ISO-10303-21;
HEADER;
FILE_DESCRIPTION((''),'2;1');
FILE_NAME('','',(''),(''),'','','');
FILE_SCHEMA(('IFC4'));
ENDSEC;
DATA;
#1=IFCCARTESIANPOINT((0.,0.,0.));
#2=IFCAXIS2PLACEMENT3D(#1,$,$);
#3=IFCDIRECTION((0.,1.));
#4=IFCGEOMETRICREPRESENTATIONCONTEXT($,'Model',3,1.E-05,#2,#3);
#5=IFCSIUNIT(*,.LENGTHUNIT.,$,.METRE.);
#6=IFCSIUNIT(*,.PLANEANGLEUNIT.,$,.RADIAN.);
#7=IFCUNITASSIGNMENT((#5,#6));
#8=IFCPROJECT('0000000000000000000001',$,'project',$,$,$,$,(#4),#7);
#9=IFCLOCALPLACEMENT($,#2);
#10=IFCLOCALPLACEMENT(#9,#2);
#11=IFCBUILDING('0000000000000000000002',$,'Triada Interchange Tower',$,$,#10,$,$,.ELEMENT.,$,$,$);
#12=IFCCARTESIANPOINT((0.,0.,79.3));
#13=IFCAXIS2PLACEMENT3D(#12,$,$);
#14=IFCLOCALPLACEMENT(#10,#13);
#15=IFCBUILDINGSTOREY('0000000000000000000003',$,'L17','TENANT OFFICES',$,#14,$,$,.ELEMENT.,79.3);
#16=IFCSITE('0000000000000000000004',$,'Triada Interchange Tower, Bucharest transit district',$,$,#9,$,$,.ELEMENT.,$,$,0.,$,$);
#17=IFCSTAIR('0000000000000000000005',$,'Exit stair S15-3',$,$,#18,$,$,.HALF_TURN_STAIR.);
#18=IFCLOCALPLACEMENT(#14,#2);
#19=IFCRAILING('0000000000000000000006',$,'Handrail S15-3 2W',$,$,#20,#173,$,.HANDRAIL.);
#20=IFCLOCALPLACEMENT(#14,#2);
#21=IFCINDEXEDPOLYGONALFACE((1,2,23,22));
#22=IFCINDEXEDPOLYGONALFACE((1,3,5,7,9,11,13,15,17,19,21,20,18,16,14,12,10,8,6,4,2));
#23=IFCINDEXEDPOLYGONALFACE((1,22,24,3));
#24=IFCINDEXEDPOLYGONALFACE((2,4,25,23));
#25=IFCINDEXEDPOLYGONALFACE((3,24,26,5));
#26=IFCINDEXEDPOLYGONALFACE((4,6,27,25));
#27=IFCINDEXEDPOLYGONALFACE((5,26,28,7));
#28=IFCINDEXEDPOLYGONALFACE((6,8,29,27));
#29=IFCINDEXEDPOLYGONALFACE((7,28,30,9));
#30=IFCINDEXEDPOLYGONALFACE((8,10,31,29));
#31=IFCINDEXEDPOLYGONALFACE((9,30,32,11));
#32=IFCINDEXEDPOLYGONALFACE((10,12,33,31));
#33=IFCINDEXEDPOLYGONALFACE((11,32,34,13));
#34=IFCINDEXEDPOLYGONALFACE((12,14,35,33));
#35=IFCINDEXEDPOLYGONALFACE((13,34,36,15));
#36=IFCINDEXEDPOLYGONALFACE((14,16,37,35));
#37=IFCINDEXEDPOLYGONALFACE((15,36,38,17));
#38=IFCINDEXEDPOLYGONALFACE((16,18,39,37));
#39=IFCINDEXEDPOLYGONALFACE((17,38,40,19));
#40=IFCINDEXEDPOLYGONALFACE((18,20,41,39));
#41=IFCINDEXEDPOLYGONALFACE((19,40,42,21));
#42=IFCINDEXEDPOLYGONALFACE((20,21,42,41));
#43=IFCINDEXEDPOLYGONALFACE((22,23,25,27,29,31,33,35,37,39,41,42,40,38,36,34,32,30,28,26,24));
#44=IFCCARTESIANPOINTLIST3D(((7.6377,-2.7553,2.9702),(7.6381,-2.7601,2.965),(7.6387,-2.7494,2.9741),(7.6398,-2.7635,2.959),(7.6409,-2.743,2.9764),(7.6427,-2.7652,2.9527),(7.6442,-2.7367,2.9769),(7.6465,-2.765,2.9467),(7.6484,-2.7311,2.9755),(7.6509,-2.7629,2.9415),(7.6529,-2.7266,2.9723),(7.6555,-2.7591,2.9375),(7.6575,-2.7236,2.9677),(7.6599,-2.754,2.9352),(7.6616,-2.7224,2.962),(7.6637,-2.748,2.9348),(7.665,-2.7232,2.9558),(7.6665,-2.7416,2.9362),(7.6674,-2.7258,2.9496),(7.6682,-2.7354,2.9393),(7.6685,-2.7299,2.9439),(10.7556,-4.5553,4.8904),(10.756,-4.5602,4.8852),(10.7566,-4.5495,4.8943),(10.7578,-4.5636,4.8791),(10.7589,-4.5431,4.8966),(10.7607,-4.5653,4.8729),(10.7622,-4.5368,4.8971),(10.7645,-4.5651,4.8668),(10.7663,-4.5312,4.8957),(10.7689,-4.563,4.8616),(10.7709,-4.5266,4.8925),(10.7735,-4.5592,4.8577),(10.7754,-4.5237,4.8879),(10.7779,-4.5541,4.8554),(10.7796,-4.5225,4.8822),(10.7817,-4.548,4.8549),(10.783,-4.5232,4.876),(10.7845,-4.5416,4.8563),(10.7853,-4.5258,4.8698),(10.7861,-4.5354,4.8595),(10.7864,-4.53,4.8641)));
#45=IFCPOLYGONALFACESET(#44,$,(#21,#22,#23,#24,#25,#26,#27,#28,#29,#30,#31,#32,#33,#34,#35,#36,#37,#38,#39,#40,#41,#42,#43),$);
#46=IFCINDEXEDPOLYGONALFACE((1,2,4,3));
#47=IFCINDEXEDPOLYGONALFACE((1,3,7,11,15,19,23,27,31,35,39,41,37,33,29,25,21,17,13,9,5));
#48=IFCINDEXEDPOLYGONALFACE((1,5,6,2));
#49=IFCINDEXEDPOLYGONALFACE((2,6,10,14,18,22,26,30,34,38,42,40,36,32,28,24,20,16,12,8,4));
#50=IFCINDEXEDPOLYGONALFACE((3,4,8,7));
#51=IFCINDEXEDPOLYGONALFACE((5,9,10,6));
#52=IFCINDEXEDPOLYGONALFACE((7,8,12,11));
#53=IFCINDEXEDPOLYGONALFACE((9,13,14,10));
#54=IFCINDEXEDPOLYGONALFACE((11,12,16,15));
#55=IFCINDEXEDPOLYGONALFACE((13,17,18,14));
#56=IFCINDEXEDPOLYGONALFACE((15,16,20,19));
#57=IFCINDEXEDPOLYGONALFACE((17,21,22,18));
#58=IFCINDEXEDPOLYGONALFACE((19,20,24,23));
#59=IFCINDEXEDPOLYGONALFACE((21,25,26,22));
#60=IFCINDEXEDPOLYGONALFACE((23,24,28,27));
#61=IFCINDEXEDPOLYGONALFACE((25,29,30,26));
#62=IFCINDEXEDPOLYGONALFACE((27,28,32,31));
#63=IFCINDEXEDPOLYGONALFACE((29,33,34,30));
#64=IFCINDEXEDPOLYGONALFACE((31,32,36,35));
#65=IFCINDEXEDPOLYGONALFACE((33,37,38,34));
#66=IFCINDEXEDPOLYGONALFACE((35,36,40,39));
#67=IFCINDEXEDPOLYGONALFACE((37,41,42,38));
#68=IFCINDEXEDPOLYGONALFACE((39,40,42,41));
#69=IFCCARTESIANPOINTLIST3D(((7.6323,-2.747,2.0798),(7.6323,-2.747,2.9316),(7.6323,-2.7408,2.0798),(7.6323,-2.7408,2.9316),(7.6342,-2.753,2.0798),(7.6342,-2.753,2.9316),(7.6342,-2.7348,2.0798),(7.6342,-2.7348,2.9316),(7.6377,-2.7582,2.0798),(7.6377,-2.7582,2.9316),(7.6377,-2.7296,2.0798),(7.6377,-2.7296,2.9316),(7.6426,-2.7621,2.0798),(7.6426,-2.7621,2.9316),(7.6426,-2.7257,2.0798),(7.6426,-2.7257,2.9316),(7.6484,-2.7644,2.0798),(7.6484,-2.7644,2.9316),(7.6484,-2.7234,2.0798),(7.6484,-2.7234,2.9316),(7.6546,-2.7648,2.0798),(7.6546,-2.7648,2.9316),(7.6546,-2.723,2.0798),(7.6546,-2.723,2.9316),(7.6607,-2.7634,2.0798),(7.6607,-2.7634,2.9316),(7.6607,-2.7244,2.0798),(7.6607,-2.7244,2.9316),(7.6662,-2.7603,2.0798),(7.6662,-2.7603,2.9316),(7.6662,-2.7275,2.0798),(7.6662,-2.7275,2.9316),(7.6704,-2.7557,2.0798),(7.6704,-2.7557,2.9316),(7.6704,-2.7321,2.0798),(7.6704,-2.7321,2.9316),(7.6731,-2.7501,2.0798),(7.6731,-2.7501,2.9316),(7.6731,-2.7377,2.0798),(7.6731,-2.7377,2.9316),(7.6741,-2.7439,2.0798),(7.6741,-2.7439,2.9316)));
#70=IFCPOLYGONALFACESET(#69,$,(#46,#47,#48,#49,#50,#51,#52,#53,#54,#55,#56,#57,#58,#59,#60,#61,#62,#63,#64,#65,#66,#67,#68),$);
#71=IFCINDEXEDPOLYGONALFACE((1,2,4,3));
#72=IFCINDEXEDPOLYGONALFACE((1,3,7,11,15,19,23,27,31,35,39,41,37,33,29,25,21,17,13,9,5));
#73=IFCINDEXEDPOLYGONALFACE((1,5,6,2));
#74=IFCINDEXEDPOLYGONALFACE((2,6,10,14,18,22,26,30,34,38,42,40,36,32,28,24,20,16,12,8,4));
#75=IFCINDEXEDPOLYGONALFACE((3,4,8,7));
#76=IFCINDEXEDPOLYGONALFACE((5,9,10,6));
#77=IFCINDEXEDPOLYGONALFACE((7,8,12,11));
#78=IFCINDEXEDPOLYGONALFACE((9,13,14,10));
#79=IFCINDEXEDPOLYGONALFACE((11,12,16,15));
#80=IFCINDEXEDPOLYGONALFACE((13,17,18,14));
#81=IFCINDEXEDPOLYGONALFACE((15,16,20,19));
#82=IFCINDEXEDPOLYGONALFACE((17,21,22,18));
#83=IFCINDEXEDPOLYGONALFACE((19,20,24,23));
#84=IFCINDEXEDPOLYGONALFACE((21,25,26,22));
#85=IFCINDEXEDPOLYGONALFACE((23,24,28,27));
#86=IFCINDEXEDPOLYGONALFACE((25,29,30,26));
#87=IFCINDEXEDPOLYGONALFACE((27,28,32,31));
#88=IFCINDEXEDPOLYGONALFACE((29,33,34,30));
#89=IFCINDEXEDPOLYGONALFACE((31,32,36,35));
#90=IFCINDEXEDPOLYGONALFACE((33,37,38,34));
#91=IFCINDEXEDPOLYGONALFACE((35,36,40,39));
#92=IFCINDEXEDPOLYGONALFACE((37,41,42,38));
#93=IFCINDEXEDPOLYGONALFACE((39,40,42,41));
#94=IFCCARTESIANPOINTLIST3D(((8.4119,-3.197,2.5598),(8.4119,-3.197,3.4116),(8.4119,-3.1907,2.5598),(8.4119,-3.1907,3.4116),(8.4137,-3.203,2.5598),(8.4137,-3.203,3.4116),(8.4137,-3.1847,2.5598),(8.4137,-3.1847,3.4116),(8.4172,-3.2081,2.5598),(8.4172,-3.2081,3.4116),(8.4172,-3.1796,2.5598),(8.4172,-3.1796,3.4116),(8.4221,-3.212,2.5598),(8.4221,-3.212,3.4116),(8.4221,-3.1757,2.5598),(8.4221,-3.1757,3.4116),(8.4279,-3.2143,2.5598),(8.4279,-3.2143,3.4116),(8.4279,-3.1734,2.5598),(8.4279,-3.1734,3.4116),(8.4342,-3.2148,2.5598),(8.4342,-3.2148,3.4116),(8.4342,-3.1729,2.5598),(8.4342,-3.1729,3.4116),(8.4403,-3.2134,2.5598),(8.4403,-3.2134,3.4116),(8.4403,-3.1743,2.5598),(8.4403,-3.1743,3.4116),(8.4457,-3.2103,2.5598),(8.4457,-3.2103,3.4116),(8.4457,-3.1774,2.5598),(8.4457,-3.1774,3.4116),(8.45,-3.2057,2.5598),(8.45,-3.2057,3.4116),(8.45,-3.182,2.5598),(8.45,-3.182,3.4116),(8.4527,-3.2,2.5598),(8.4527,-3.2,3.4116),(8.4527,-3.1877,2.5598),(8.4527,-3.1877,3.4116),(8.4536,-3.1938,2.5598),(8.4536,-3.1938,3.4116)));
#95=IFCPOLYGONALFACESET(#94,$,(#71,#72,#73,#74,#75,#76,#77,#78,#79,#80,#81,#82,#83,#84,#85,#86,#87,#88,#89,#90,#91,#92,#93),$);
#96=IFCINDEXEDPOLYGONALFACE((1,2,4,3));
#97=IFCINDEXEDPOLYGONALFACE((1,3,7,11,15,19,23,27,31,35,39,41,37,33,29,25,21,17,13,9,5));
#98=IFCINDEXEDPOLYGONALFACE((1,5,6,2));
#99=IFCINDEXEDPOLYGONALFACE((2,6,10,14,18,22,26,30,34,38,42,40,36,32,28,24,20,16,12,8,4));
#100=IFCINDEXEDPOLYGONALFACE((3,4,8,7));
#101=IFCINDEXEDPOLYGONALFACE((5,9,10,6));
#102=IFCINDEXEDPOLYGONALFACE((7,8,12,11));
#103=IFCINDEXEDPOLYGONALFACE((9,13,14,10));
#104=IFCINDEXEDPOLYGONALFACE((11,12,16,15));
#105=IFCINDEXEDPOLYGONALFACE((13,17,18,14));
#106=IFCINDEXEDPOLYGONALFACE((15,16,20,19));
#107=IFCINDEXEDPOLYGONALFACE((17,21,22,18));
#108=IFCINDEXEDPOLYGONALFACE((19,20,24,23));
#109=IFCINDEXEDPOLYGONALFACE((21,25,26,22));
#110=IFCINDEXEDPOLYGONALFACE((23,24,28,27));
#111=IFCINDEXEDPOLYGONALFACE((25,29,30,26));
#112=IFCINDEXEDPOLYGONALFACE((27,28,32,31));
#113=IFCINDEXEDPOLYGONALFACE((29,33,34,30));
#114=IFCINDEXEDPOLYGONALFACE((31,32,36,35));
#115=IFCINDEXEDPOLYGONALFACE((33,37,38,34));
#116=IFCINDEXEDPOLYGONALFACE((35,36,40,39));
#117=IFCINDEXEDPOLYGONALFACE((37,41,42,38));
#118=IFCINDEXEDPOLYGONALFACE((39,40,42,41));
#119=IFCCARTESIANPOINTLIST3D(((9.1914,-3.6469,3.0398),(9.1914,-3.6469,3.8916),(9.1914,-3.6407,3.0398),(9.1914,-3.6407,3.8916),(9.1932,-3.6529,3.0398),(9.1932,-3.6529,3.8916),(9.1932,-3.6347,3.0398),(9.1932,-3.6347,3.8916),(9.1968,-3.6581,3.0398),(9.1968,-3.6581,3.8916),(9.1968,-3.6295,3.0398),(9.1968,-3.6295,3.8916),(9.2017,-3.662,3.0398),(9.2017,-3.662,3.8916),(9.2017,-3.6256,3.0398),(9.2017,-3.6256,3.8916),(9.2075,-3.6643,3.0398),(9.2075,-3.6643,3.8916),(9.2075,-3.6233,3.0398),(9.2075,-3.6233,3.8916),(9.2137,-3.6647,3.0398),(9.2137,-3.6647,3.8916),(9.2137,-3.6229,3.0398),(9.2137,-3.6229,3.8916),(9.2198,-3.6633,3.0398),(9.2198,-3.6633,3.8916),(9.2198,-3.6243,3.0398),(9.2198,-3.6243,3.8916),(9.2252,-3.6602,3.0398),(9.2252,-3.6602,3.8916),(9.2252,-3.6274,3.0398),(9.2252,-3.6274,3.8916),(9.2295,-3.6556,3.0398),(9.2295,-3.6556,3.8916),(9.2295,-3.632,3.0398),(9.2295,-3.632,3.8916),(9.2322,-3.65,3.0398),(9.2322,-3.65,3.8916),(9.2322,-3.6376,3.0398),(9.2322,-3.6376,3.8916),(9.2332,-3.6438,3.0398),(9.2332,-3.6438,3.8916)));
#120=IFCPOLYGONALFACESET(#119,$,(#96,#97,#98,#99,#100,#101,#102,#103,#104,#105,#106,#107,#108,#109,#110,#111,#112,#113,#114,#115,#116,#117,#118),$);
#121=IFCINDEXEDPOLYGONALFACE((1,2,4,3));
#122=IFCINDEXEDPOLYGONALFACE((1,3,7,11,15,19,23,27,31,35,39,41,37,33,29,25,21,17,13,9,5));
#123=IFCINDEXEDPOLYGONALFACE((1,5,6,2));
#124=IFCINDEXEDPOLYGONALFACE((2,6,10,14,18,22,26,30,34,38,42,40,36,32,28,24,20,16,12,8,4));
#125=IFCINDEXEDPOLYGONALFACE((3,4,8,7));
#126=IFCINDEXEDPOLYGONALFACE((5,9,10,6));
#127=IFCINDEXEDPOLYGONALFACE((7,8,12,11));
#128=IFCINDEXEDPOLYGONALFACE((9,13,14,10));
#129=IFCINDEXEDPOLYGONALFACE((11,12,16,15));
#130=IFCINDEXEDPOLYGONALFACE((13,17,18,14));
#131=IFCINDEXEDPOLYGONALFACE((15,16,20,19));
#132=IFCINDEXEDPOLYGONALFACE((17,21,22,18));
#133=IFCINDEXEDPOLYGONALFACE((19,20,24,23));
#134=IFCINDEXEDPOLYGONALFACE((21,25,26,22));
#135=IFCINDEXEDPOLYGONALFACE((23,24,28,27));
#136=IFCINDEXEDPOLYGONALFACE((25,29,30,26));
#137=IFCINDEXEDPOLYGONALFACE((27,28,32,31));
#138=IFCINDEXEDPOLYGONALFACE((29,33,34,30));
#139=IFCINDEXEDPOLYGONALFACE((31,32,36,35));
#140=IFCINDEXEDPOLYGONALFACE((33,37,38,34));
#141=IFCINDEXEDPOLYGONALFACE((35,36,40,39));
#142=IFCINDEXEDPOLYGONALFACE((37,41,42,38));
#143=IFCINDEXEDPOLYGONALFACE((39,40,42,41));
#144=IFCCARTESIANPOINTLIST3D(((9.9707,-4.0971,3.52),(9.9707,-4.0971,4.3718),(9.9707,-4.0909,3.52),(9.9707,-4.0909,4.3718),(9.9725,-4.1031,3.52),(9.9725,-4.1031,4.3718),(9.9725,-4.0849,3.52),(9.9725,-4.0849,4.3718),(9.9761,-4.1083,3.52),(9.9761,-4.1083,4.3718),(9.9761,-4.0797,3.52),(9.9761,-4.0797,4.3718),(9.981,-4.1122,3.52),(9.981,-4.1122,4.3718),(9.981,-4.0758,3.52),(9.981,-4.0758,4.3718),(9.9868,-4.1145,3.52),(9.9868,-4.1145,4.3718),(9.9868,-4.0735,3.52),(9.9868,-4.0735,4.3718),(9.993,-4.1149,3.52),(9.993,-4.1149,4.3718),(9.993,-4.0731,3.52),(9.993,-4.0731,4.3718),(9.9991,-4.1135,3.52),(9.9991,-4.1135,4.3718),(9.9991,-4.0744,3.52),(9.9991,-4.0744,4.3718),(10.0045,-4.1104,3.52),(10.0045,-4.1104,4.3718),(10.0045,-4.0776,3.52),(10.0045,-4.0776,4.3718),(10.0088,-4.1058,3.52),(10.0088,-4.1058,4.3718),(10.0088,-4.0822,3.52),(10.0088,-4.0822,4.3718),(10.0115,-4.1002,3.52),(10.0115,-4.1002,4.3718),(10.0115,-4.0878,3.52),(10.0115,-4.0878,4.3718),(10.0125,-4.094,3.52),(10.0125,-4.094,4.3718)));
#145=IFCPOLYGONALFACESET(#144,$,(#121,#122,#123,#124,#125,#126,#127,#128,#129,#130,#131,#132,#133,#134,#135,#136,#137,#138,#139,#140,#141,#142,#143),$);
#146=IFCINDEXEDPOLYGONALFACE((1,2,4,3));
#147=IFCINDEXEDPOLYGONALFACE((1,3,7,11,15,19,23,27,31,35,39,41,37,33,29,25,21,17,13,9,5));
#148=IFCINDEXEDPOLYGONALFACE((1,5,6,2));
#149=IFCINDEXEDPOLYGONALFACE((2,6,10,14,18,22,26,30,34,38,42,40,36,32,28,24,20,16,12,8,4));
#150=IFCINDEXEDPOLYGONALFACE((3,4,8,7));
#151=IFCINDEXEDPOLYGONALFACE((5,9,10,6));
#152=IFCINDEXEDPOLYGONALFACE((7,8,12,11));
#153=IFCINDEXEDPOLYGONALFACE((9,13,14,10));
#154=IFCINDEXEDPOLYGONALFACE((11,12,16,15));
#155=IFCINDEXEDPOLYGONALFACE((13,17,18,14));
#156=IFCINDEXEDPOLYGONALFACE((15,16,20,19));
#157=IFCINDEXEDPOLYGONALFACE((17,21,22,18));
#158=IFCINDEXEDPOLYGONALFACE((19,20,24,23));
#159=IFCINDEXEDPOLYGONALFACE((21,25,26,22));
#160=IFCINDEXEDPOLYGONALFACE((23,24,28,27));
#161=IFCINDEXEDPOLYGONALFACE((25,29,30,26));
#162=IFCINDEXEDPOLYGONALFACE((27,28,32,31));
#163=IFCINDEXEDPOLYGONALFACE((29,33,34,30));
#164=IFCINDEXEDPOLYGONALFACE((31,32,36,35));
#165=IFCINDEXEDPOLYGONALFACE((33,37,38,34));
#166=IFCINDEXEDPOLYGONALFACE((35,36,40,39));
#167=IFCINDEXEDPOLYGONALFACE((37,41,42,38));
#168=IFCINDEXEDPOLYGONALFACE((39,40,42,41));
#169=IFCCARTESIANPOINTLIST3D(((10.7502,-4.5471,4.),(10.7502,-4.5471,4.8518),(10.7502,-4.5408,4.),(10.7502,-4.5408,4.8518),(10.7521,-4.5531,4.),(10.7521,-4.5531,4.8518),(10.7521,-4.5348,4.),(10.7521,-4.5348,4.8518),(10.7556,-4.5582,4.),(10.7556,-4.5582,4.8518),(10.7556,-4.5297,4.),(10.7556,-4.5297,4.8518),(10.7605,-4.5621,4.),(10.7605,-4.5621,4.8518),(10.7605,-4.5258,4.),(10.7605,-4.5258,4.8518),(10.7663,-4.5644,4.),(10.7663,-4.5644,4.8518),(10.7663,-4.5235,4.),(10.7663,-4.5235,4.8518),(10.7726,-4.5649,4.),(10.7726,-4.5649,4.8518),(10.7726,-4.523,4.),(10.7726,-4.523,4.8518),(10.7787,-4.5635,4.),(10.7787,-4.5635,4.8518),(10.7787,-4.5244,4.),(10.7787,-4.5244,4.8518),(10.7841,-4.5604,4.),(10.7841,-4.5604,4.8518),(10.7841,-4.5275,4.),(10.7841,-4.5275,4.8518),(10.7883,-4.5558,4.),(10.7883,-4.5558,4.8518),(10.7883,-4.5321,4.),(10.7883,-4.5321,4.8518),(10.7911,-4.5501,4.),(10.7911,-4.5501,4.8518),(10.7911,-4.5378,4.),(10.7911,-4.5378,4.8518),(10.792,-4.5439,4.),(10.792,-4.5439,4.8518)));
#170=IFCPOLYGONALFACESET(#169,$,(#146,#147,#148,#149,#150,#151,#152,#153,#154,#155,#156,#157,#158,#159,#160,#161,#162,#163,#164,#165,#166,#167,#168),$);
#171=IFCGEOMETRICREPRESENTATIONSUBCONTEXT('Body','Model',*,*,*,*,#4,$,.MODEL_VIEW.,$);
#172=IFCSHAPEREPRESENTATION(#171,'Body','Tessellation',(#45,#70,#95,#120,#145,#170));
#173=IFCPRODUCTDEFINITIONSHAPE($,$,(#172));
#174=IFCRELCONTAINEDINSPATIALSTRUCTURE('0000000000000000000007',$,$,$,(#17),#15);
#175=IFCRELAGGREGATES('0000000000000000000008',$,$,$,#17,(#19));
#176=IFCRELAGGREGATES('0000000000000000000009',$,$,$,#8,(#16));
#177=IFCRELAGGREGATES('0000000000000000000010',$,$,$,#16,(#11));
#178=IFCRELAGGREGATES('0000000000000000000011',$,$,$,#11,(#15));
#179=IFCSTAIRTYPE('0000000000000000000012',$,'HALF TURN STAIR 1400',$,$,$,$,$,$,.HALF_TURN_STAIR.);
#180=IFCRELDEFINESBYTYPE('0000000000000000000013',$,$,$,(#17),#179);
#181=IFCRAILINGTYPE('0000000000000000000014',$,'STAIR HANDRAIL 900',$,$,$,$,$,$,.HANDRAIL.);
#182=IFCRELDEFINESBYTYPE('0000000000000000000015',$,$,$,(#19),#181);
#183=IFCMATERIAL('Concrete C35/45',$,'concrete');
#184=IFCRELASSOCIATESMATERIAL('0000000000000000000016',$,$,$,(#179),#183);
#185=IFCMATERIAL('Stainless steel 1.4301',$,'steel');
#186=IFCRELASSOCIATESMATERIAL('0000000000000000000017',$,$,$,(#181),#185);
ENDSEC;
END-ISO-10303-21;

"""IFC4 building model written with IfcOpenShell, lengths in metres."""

from ifc_helpers import new_model, si_unit, direction, frame, origin, origin_2d, place, context, subcontext, project, spatial, circle, extrude, material, type_object, element, aggregate, save


model = new_model("IFC4")

# Units and contexts
model_context = context("Model", 3, precision=1e-05, world=origin(), true_north=direction((0.0, 1.0)))
body_context = subcontext(model_context, "Body", "Model", "MODEL_VIEW")
ifc_project = project(units=[si_unit("LENGTHUNIT", "METRE"), si_unit("PLANEANGLEUNIT", "RADIAN")], contexts=[model_context])

# Site, building, storey
site_placement = place(None, origin())
site = spatial("IfcSite", under=ifc_project, at=site_placement, Name="Triada Interchange Tower, Bucharest transit district", CompositionType="ELEMENT", RefElevation=0.0)
building_placement = place(site_placement, origin())
building = spatial("IfcBuilding", under=site, at=building_placement, Name="Triada Interchange Tower", CompositionType="ELEMENT")
storey_placement = place(building_placement, frame((0.0, 0.0, 79.3)))
storey = spatial("IfcBuildingStorey", under=building, at=storey_placement, Name="L17", Description="TENANT OFFICES", CompositionType="ELEMENT", Elevation=79.3)

# Stair, railing
ifc_material_1 = material(Name="Concrete C35/45", Category="concrete")
stair_type = type_object("IfcStairType", Name="HALF TURN STAIR 1400", PredefinedType="HALF_TURN_STAIR", material=ifc_material_1)
stair_placement = place(storey_placement, origin())
stair = element("IfcStair", 1, at=stair_placement, inside=storey, type_object=stair_type, Name="Exit stair S15-3", PredefinedType="HALF_TURN_STAIR")
ifc_material_2 = material(Name="Stainless steel 1.4301", Category="steel")
railing_type = type_object("IfcRailingType", Name="STAIR HANDRAIL 900", PredefinedType="HANDRAIL", material=ifc_material_2)
railing_1_placement = place(storey_placement, frame((7.6531, -2.7439, 2.0798)))
railing_1 = element("IfcRailing", 2, at=railing_1_placement, type_object=railing_type, Name="Handrail S15-3 2W", PredefinedType="HANDRAIL", context=body_context, shape_type="SweptSolid", body=[
    extrude(circle(Radius=0.0239, at=origin_2d()), frame((0.0, 0.0, 0.876), z_axis=(0.764145, -0.441159, 0.470597), x_axis=(0.499983, 0.866035, 0.0)), (0.0, 0.0, 1.0), 4.0803),
    extrude(circle(Radius=0.021, at=origin_2d()), origin(), (0.0, 0.0, 1.0), 0.8518),
    extrude(circle(Radius=0.021, at=origin_2d()), frame((0.7795, -0.45, 0.48)), (0.0, 0.0, 1.0), 0.8518),
    extrude(circle(Radius=0.021, at=origin_2d()), frame((1.5591, -0.8999, 0.96)), (0.0, 0.0, 1.0), 0.8518),
    extrude(circle(Radius=0.021, at=origin_2d()), frame((2.3384, -1.3501, 1.4402)), (0.0, 0.0, 1.0), 0.8518),
    extrude(circle(Radius=0.021, at=origin_2d()), frame((3.1179, -1.8, 1.9202)), (0.0, 0.0, 1.0), 0.8518),
])
aggregate(stair, [railing_1])

save(model, "model.ifc")
